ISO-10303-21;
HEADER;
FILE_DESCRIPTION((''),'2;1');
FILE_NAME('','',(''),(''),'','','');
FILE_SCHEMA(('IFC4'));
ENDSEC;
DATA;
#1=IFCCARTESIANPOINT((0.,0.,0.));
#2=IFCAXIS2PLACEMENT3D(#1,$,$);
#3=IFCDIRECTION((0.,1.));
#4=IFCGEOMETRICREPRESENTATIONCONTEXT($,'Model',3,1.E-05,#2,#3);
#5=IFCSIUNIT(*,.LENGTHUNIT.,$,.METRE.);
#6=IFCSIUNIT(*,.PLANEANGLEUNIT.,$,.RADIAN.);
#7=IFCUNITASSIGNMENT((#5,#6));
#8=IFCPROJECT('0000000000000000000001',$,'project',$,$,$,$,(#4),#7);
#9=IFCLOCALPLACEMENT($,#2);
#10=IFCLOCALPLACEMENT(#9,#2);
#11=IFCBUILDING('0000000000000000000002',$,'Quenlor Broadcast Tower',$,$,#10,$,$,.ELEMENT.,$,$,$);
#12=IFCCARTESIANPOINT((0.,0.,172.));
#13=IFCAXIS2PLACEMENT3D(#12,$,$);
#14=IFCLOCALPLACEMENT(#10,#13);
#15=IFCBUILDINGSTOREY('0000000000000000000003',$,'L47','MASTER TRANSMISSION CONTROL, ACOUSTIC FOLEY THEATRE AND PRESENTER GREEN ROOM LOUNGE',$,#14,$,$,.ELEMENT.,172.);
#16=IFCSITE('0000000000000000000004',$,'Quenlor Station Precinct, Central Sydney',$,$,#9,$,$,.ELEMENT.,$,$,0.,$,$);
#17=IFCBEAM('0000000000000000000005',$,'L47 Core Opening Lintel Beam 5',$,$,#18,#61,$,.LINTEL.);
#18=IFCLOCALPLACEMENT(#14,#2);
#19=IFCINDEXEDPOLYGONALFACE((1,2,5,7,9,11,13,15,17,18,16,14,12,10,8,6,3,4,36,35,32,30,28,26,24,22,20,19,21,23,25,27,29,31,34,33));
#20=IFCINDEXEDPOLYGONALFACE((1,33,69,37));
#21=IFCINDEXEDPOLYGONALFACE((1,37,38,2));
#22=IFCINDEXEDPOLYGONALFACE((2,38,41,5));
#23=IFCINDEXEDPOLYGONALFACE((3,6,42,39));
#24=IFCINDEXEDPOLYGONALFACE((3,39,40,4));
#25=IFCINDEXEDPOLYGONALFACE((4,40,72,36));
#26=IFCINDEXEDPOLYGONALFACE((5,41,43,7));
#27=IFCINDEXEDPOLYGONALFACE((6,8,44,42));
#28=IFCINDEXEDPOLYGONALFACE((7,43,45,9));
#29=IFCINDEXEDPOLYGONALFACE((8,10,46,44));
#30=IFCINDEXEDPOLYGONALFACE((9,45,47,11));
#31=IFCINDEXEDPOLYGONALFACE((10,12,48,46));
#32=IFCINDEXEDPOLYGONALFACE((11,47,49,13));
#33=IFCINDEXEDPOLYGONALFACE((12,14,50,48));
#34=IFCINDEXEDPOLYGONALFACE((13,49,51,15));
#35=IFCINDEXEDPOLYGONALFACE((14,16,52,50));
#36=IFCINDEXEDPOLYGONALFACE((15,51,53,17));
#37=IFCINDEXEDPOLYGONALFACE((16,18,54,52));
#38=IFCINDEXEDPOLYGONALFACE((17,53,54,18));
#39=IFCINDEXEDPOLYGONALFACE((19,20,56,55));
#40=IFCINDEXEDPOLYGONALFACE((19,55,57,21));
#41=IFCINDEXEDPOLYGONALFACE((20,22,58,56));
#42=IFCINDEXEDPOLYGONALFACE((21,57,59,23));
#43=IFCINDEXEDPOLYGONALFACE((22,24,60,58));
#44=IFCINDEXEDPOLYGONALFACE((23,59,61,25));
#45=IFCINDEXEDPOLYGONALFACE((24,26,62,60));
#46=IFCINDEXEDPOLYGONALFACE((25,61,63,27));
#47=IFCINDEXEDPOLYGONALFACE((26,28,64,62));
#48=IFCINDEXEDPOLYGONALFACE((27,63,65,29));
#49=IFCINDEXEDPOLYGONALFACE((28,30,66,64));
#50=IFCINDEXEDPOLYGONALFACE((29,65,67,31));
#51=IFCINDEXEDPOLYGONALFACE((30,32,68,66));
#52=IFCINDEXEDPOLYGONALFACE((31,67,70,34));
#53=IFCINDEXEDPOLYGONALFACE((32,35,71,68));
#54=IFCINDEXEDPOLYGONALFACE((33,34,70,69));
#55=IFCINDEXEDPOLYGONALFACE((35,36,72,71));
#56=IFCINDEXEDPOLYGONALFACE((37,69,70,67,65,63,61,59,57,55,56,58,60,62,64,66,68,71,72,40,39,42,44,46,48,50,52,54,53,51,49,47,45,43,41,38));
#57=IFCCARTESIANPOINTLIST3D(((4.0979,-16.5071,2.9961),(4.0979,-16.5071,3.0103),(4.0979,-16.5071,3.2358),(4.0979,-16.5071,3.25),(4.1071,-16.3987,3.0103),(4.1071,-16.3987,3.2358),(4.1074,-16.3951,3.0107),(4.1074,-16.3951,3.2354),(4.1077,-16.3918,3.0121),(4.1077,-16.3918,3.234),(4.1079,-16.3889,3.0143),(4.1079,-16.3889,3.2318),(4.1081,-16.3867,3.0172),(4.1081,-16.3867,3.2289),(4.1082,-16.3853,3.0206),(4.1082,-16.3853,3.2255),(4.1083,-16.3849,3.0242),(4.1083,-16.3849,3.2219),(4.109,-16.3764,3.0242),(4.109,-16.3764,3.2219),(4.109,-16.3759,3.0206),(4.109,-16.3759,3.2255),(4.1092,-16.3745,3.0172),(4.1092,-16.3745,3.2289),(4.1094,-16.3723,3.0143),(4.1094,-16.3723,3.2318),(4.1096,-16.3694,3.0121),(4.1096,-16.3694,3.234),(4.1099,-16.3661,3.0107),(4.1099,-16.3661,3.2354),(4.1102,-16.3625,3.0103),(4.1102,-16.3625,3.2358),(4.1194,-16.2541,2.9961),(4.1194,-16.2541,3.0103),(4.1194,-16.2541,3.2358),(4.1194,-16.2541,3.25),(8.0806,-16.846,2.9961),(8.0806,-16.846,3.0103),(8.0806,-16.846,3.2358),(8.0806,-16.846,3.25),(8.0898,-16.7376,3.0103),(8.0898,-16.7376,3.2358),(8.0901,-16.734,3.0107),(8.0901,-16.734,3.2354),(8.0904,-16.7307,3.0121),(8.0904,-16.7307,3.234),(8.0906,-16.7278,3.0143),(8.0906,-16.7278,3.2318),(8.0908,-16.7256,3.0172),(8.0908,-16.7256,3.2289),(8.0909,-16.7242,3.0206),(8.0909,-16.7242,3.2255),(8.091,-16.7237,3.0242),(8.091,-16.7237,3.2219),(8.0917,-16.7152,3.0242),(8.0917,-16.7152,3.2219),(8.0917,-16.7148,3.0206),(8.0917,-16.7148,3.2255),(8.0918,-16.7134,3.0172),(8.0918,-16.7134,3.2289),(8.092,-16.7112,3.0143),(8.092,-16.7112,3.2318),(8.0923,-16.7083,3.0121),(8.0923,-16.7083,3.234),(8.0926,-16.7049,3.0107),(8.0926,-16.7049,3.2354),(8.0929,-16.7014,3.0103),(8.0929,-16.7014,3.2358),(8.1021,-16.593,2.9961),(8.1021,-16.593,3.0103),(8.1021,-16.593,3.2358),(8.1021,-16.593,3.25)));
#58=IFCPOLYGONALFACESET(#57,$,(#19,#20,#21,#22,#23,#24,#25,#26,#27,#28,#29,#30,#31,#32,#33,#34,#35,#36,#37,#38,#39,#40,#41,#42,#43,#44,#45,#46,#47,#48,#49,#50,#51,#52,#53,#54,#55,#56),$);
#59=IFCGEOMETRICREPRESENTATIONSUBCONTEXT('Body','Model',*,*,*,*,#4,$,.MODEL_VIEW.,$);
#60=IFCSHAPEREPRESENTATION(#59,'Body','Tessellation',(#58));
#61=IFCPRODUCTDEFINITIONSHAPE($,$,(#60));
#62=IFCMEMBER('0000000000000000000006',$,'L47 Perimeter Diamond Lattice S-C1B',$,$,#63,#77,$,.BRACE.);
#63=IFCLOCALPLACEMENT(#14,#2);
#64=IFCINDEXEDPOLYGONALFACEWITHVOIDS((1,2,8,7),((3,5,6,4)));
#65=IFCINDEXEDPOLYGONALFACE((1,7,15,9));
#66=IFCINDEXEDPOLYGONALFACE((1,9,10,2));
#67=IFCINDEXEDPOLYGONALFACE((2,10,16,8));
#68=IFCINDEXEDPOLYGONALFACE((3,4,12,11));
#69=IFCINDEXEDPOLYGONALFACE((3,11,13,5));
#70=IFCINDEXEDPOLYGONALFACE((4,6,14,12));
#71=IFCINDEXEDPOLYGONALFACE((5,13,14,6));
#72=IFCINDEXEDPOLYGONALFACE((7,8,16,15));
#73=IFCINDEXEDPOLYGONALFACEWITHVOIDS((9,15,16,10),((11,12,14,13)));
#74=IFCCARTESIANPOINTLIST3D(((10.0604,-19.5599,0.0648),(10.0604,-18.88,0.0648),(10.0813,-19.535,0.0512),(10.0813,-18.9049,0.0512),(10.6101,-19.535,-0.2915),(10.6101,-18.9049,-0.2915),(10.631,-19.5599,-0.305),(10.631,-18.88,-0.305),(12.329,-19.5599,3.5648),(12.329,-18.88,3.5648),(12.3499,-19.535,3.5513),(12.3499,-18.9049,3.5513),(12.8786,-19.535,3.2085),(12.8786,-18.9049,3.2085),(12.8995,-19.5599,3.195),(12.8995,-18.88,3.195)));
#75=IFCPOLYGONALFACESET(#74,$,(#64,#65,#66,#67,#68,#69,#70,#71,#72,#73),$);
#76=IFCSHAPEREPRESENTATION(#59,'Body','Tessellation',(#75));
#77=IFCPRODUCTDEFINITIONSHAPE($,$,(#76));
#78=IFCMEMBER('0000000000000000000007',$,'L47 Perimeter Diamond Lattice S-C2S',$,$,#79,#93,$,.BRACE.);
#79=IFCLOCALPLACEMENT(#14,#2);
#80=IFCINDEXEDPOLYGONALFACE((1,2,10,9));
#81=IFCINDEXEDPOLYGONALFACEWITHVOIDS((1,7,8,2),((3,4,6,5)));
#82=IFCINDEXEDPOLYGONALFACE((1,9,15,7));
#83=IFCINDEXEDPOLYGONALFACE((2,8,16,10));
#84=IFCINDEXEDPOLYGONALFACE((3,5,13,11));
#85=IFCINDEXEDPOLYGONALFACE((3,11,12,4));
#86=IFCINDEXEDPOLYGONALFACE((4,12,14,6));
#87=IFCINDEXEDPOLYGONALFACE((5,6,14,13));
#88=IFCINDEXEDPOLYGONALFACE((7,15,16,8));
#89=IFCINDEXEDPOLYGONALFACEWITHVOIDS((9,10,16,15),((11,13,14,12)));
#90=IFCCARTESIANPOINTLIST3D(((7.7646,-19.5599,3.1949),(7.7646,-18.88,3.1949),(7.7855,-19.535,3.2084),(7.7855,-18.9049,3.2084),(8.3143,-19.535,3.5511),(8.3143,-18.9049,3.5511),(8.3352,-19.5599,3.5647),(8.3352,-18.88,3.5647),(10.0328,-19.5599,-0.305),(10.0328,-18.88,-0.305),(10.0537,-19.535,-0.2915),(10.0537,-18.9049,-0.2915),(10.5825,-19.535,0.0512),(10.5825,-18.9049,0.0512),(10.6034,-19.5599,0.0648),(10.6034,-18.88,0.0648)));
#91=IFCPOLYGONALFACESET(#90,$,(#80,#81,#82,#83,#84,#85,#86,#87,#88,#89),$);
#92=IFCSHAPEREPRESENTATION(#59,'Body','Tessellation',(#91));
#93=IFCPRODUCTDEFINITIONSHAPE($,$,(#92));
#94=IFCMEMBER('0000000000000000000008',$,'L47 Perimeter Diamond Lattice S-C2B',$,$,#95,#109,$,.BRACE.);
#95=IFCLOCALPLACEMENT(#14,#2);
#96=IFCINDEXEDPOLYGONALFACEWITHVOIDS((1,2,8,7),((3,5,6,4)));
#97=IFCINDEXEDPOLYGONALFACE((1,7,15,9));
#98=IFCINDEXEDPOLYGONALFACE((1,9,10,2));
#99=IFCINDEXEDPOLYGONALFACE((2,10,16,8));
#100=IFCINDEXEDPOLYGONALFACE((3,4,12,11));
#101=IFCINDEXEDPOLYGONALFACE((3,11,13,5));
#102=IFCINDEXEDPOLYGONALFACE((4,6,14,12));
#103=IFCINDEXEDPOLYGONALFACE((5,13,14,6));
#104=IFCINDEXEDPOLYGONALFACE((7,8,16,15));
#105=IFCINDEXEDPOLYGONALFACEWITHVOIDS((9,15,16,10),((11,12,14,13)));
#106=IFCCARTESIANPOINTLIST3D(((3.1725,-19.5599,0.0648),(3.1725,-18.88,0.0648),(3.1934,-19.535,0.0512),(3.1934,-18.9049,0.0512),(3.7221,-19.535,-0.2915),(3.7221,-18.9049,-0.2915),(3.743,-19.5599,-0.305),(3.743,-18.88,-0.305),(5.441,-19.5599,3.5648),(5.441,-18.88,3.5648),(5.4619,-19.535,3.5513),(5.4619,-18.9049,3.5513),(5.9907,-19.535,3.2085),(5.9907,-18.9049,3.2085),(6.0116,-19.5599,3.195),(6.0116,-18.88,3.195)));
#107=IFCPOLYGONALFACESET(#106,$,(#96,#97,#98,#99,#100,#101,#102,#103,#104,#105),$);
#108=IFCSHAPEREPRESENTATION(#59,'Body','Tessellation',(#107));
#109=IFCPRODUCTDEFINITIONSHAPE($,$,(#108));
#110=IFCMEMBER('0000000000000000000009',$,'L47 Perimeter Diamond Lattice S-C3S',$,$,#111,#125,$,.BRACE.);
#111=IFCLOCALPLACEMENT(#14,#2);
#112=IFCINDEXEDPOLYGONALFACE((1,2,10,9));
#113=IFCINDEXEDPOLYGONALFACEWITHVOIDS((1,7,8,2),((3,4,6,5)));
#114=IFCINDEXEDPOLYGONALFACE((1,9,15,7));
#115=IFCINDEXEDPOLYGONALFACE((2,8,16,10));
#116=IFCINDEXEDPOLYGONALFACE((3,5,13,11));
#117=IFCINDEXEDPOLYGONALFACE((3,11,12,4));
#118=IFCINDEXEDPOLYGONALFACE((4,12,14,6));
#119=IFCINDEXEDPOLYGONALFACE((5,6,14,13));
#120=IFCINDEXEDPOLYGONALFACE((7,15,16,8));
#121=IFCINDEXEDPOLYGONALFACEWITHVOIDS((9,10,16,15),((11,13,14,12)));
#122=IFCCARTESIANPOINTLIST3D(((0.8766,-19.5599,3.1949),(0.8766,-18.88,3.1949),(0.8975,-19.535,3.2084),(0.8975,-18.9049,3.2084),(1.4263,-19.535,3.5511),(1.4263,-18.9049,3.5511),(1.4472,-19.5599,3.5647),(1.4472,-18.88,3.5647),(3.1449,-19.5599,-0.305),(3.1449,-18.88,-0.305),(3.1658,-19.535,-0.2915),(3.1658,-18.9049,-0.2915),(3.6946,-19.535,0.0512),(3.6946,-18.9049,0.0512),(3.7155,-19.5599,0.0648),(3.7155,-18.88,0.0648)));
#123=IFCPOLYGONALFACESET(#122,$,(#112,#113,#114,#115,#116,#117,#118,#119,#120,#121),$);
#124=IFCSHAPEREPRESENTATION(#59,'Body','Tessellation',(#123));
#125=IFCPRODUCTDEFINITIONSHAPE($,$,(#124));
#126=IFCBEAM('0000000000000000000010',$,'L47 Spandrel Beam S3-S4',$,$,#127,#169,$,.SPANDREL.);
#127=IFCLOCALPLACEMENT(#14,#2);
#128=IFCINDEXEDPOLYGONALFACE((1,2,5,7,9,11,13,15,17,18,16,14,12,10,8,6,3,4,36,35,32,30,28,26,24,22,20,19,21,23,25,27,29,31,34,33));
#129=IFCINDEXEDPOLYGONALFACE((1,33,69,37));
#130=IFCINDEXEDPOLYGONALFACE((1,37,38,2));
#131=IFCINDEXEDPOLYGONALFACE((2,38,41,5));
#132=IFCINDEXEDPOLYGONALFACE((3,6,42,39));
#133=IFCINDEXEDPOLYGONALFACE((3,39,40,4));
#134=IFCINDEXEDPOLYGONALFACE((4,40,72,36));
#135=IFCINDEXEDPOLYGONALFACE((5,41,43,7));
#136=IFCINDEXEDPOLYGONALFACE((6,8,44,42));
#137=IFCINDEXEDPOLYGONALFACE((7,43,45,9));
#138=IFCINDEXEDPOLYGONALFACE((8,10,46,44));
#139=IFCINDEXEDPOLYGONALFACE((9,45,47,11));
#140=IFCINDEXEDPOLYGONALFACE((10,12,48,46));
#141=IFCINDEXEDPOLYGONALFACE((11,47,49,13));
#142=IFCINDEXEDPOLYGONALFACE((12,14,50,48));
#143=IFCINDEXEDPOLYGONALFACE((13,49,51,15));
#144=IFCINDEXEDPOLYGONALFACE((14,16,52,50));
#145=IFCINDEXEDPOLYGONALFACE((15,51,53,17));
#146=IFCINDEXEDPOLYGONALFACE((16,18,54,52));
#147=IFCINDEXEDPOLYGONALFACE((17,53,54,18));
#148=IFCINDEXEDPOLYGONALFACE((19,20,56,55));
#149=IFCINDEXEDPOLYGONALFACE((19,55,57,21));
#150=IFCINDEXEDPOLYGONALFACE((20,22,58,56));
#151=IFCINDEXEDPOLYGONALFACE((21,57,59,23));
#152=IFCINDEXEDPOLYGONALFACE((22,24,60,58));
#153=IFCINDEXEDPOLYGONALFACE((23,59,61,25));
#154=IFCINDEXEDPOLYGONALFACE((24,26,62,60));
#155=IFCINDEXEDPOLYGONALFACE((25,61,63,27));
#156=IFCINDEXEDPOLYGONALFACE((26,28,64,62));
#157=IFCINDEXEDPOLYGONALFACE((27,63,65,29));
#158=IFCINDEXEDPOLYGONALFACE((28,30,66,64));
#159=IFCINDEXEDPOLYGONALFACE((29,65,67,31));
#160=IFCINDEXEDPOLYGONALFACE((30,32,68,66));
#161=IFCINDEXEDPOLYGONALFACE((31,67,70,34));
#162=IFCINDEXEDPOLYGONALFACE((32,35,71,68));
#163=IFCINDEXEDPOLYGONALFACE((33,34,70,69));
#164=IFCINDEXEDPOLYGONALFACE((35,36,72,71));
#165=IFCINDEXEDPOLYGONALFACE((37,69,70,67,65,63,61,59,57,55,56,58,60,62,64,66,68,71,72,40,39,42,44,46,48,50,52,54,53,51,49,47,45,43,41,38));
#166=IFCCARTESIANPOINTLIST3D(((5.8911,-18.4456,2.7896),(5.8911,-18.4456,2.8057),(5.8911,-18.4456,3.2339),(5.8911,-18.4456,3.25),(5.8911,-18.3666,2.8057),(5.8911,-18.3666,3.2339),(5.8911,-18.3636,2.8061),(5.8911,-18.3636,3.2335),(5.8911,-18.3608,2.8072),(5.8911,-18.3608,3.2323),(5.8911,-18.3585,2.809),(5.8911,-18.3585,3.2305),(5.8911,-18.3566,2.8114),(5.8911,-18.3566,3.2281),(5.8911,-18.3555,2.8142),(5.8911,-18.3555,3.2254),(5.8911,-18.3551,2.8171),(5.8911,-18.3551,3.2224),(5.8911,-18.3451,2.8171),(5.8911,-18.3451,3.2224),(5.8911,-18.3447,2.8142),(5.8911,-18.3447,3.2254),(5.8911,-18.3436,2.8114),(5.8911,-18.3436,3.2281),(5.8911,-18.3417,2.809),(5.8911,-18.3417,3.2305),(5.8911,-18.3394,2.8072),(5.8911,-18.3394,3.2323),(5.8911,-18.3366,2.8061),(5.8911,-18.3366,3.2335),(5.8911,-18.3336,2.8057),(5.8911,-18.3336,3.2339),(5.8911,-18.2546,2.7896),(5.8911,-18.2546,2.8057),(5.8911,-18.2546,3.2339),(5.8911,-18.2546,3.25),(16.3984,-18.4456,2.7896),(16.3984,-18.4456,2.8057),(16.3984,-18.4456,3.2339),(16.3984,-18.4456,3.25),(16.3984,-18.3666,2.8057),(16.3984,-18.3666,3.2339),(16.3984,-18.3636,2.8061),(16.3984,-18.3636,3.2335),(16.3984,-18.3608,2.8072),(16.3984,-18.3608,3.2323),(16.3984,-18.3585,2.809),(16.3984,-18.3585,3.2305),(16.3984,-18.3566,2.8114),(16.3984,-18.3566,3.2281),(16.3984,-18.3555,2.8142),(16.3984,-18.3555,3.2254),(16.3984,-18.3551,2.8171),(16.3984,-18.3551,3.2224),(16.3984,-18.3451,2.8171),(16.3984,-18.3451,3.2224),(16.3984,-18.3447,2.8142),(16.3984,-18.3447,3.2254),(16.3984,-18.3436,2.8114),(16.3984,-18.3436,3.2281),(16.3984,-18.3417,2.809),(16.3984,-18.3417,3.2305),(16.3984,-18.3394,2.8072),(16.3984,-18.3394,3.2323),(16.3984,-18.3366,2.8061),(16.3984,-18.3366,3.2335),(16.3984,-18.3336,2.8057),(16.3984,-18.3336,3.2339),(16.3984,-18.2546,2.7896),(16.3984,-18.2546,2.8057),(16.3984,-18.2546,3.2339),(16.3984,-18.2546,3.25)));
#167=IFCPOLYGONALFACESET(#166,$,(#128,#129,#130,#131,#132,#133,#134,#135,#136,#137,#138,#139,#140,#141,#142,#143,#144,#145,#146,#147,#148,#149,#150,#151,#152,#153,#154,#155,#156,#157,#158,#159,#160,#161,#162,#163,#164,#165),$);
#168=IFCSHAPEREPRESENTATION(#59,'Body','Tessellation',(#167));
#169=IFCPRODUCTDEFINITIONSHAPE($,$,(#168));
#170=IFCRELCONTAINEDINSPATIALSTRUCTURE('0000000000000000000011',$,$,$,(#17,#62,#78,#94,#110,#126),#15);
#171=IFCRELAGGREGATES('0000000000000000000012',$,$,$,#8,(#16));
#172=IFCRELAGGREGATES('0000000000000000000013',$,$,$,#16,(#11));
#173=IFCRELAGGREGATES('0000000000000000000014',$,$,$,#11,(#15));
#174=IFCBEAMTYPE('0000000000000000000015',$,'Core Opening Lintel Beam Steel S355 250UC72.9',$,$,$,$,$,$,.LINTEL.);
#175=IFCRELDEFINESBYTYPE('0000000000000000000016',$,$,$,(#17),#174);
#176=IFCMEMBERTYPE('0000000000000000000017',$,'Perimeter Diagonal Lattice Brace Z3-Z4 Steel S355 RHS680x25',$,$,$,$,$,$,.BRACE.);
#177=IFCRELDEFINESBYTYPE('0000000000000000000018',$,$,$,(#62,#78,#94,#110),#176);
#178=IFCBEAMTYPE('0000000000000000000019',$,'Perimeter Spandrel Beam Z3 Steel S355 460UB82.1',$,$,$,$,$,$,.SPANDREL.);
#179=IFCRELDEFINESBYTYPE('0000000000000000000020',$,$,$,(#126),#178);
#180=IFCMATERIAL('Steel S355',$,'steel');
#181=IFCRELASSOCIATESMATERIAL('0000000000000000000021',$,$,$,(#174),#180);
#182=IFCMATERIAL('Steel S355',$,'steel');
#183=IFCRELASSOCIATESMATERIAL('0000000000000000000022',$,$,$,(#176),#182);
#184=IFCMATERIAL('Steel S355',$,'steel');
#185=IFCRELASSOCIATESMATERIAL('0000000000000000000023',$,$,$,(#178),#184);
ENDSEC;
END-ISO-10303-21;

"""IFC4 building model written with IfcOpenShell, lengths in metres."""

from ifc_helpers import new_model, si_unit, direction, frame, origin, origin_2d, place, context, subcontext, project, spatial, hollow_rectangle, i_section, extrude, material, material_profile, profile_set, type_object, element, save


model = new_model("IFC4")

# Units and contexts
model_context = context("Model", 3, precision=1e-05, world=origin(), true_north=direction((0.0, 1.0)))
body_context = subcontext(model_context, "Body", "Model", "MODEL_VIEW")
ifc_project = project(units=[si_unit("LENGTHUNIT", "METRE"), si_unit("PLANEANGLEUNIT", "RADIAN")], contexts=[model_context])

# Site, building, storey
site_placement = place(None, origin())
site = spatial("IfcSite", under=ifc_project, at=site_placement, Name="Quenlor Station Precinct, Central Sydney", CompositionType="ELEMENT", RefElevation=0.0)
building_placement = place(site_placement, origin())
building = spatial("IfcBuilding", under=site, at=building_placement, Name="Quenlor Broadcast Tower", CompositionType="ELEMENT")
storey_placement = place(building_placement, frame((0.0, 0.0, 172.0)))
storey = spatial("IfcBuildingStorey", under=building, at=storey_placement, Name="L47", Description="MASTER TRANSMISSION CONTROL, ACOUSTIC FOLEY THEATRE AND PRESENTER GREEN ROOM LOUNGE", CompositionType="ELEMENT", Elevation=172.0)

# Beam
ifc_material_1 = material(Name="Steel S355", Category="steel")
ifc_material_profile_1 = material_profile(ifc_material_1, i_section(OverallWidth=0.2539, OverallDepth=0.2539, WebThickness=0.0085, FlangeThickness=0.0142, FilletRadius=0.0139, at=origin_2d()))
ifc_profile_set_1 = profile_set([ifc_material_profile_1], Name="Steel S355 250UC72.9")
beam_type_1 = type_object("IfcBeamType", Name="Core Opening Lintel Beam Steel S355 250UC72.9", PredefinedType="LINTEL", material=ifc_profile_set_1)
beam_1_placement = place(storey_placement, frame((4.1086, -16.3806, 3.123), z_axis=(0.9964, -0.084779, 0.0), x_axis=(0.084779, 0.9964, 0.0)))
element("IfcBeam", 1, at=beam_1_placement, inside=storey, type_object=beam_type_1, Name="L47 Core Opening Lintel Beam 5", PredefinedType="LINTEL", context=body_context, shape_type="SweptSolid", body=[
    extrude(i_section(OverallWidth=0.2539, OverallDepth=0.2539, WebThickness=0.0085, FlangeThickness=0.0142, FilletRadius=0.0139, at=origin_2d()), origin(), (0.0, 0.0, 1.0), 3.9971),
])

# Members
ifc_material_2 = material(Name="Steel S355", Category="steel")
ifc_material_profile_2 = material_profile(ifc_material_2, hollow_rectangle(XDim=0.6799, YDim=0.6799, WallThickness=0.0249, at=origin_2d()))
ifc_profile_set_2 = profile_set([ifc_material_profile_2], Name="Steel S355 RHS680x680x25")
member_type_1 = type_object("IfcMemberType", Name="Perimeter Diagonal Lattice Brace Z3-Z4 Steel S355 RHS680x25", PredefinedType="BRACE", material=ifc_profile_set_2)
member_1_placement = place(storey_placement, frame((10.3457, -19.22, -0.1201), z_axis=(0.543902, 0.0, 0.839149), x_axis=(0.0, 1.0, 0.0)))
element("IfcMember", 2, at=member_1_placement, inside=storey, type_object=member_type_1, Name="L47 Perimeter Diamond Lattice S-C1B", PredefinedType="BRACE", context=body_context, shape_type="SweptSolid", body=[
    extrude(hollow_rectangle(XDim=0.6799, YDim=0.6799, WallThickness=0.0249, at=origin_2d()), origin(), (0.0, 0.0, 1.0), 4.1709),
])
member_2_placement = place(storey_placement, frame((10.3181, -19.22, -0.1201), z_axis=(-0.54386, 0.0, 0.839176), x_axis=(0.0, -1.0, 0.0)))
element("IfcMember", 3, at=member_2_placement, inside=storey, type_object=member_type_1, Name="L47 Perimeter Diamond Lattice S-C2S", PredefinedType="BRACE", context=body_context, shape_type="SweptSolid", body=[
    extrude(hollow_rectangle(XDim=0.6799, YDim=0.6799, WallThickness=0.0249, at=origin_2d()), origin(), (0.0, 0.0, 1.0), 4.1707),
])
member_3_placement = place(storey_placement, frame((3.4578, -19.22, -0.1201), z_axis=(0.543902, 0.0, 0.839149), x_axis=(0.0, 1.0, 0.0)))
element("IfcMember", 4, at=member_3_placement, inside=storey, type_object=member_type_1, Name="L47 Perimeter Diamond Lattice S-C2B", PredefinedType="BRACE", context=body_context, shape_type="SweptSolid", body=[
    extrude(hollow_rectangle(XDim=0.6799, YDim=0.6799, WallThickness=0.0249, at=origin_2d()), origin(), (0.0, 0.0, 1.0), 4.1709),
])
member_4_placement = place(storey_placement, frame((3.4302, -19.22, -0.1201), z_axis=(-0.54386, 0.0, 0.839176), x_axis=(0.0, -1.0, 0.0)))
element("IfcMember", 5, at=member_4_placement, inside=storey, type_object=member_type_1, Name="L47 Perimeter Diamond Lattice S-C3S", PredefinedType="BRACE", context=body_context, shape_type="SweptSolid", body=[
    extrude(hollow_rectangle(XDim=0.6799, YDim=0.6799, WallThickness=0.0249, at=origin_2d()), origin(), (0.0, 0.0, 1.0), 4.1707),
])

# Beam
ifc_material_3 = material(Name="Steel S355", Category="steel")
ifc_material_profile_3 = material_profile(ifc_material_3, i_section(OverallWidth=0.1909, OverallDepth=0.4604, WebThickness=0.01, FlangeThickness=0.0161, FilletRadius=0.0115, at=origin_2d()))
ifc_profile_set_3 = profile_set([ifc_material_profile_3], Name="Steel S355 460UB82.1")
beam_type_2 = type_object("IfcBeamType", Name="Perimeter Spandrel Beam Z3 Steel S355 460UB82.1", PredefinedType="SPANDREL", material=ifc_profile_set_3)
beam_2_placement = place(storey_placement, frame((5.8911, -18.3501, 3.0198), z_axis=(1.0, 0.0, 0.0), x_axis=(0.0, 1.0, 0.0)))
element("IfcBeam", 6, at=beam_2_placement, inside=storey, type_object=beam_type_2, Name="L47 Spandrel Beam S3-S4", PredefinedType="SPANDREL", context=body_context, shape_type="SweptSolid", body=[
    extrude(i_section(OverallWidth=0.1909, OverallDepth=0.4604, WebThickness=0.01, FlangeThickness=0.0161, FilletRadius=0.0115, at=origin_2d()), origin(), (0.0, 0.0, 1.0), 10.5073),
])

save(model, "model.ifc")
